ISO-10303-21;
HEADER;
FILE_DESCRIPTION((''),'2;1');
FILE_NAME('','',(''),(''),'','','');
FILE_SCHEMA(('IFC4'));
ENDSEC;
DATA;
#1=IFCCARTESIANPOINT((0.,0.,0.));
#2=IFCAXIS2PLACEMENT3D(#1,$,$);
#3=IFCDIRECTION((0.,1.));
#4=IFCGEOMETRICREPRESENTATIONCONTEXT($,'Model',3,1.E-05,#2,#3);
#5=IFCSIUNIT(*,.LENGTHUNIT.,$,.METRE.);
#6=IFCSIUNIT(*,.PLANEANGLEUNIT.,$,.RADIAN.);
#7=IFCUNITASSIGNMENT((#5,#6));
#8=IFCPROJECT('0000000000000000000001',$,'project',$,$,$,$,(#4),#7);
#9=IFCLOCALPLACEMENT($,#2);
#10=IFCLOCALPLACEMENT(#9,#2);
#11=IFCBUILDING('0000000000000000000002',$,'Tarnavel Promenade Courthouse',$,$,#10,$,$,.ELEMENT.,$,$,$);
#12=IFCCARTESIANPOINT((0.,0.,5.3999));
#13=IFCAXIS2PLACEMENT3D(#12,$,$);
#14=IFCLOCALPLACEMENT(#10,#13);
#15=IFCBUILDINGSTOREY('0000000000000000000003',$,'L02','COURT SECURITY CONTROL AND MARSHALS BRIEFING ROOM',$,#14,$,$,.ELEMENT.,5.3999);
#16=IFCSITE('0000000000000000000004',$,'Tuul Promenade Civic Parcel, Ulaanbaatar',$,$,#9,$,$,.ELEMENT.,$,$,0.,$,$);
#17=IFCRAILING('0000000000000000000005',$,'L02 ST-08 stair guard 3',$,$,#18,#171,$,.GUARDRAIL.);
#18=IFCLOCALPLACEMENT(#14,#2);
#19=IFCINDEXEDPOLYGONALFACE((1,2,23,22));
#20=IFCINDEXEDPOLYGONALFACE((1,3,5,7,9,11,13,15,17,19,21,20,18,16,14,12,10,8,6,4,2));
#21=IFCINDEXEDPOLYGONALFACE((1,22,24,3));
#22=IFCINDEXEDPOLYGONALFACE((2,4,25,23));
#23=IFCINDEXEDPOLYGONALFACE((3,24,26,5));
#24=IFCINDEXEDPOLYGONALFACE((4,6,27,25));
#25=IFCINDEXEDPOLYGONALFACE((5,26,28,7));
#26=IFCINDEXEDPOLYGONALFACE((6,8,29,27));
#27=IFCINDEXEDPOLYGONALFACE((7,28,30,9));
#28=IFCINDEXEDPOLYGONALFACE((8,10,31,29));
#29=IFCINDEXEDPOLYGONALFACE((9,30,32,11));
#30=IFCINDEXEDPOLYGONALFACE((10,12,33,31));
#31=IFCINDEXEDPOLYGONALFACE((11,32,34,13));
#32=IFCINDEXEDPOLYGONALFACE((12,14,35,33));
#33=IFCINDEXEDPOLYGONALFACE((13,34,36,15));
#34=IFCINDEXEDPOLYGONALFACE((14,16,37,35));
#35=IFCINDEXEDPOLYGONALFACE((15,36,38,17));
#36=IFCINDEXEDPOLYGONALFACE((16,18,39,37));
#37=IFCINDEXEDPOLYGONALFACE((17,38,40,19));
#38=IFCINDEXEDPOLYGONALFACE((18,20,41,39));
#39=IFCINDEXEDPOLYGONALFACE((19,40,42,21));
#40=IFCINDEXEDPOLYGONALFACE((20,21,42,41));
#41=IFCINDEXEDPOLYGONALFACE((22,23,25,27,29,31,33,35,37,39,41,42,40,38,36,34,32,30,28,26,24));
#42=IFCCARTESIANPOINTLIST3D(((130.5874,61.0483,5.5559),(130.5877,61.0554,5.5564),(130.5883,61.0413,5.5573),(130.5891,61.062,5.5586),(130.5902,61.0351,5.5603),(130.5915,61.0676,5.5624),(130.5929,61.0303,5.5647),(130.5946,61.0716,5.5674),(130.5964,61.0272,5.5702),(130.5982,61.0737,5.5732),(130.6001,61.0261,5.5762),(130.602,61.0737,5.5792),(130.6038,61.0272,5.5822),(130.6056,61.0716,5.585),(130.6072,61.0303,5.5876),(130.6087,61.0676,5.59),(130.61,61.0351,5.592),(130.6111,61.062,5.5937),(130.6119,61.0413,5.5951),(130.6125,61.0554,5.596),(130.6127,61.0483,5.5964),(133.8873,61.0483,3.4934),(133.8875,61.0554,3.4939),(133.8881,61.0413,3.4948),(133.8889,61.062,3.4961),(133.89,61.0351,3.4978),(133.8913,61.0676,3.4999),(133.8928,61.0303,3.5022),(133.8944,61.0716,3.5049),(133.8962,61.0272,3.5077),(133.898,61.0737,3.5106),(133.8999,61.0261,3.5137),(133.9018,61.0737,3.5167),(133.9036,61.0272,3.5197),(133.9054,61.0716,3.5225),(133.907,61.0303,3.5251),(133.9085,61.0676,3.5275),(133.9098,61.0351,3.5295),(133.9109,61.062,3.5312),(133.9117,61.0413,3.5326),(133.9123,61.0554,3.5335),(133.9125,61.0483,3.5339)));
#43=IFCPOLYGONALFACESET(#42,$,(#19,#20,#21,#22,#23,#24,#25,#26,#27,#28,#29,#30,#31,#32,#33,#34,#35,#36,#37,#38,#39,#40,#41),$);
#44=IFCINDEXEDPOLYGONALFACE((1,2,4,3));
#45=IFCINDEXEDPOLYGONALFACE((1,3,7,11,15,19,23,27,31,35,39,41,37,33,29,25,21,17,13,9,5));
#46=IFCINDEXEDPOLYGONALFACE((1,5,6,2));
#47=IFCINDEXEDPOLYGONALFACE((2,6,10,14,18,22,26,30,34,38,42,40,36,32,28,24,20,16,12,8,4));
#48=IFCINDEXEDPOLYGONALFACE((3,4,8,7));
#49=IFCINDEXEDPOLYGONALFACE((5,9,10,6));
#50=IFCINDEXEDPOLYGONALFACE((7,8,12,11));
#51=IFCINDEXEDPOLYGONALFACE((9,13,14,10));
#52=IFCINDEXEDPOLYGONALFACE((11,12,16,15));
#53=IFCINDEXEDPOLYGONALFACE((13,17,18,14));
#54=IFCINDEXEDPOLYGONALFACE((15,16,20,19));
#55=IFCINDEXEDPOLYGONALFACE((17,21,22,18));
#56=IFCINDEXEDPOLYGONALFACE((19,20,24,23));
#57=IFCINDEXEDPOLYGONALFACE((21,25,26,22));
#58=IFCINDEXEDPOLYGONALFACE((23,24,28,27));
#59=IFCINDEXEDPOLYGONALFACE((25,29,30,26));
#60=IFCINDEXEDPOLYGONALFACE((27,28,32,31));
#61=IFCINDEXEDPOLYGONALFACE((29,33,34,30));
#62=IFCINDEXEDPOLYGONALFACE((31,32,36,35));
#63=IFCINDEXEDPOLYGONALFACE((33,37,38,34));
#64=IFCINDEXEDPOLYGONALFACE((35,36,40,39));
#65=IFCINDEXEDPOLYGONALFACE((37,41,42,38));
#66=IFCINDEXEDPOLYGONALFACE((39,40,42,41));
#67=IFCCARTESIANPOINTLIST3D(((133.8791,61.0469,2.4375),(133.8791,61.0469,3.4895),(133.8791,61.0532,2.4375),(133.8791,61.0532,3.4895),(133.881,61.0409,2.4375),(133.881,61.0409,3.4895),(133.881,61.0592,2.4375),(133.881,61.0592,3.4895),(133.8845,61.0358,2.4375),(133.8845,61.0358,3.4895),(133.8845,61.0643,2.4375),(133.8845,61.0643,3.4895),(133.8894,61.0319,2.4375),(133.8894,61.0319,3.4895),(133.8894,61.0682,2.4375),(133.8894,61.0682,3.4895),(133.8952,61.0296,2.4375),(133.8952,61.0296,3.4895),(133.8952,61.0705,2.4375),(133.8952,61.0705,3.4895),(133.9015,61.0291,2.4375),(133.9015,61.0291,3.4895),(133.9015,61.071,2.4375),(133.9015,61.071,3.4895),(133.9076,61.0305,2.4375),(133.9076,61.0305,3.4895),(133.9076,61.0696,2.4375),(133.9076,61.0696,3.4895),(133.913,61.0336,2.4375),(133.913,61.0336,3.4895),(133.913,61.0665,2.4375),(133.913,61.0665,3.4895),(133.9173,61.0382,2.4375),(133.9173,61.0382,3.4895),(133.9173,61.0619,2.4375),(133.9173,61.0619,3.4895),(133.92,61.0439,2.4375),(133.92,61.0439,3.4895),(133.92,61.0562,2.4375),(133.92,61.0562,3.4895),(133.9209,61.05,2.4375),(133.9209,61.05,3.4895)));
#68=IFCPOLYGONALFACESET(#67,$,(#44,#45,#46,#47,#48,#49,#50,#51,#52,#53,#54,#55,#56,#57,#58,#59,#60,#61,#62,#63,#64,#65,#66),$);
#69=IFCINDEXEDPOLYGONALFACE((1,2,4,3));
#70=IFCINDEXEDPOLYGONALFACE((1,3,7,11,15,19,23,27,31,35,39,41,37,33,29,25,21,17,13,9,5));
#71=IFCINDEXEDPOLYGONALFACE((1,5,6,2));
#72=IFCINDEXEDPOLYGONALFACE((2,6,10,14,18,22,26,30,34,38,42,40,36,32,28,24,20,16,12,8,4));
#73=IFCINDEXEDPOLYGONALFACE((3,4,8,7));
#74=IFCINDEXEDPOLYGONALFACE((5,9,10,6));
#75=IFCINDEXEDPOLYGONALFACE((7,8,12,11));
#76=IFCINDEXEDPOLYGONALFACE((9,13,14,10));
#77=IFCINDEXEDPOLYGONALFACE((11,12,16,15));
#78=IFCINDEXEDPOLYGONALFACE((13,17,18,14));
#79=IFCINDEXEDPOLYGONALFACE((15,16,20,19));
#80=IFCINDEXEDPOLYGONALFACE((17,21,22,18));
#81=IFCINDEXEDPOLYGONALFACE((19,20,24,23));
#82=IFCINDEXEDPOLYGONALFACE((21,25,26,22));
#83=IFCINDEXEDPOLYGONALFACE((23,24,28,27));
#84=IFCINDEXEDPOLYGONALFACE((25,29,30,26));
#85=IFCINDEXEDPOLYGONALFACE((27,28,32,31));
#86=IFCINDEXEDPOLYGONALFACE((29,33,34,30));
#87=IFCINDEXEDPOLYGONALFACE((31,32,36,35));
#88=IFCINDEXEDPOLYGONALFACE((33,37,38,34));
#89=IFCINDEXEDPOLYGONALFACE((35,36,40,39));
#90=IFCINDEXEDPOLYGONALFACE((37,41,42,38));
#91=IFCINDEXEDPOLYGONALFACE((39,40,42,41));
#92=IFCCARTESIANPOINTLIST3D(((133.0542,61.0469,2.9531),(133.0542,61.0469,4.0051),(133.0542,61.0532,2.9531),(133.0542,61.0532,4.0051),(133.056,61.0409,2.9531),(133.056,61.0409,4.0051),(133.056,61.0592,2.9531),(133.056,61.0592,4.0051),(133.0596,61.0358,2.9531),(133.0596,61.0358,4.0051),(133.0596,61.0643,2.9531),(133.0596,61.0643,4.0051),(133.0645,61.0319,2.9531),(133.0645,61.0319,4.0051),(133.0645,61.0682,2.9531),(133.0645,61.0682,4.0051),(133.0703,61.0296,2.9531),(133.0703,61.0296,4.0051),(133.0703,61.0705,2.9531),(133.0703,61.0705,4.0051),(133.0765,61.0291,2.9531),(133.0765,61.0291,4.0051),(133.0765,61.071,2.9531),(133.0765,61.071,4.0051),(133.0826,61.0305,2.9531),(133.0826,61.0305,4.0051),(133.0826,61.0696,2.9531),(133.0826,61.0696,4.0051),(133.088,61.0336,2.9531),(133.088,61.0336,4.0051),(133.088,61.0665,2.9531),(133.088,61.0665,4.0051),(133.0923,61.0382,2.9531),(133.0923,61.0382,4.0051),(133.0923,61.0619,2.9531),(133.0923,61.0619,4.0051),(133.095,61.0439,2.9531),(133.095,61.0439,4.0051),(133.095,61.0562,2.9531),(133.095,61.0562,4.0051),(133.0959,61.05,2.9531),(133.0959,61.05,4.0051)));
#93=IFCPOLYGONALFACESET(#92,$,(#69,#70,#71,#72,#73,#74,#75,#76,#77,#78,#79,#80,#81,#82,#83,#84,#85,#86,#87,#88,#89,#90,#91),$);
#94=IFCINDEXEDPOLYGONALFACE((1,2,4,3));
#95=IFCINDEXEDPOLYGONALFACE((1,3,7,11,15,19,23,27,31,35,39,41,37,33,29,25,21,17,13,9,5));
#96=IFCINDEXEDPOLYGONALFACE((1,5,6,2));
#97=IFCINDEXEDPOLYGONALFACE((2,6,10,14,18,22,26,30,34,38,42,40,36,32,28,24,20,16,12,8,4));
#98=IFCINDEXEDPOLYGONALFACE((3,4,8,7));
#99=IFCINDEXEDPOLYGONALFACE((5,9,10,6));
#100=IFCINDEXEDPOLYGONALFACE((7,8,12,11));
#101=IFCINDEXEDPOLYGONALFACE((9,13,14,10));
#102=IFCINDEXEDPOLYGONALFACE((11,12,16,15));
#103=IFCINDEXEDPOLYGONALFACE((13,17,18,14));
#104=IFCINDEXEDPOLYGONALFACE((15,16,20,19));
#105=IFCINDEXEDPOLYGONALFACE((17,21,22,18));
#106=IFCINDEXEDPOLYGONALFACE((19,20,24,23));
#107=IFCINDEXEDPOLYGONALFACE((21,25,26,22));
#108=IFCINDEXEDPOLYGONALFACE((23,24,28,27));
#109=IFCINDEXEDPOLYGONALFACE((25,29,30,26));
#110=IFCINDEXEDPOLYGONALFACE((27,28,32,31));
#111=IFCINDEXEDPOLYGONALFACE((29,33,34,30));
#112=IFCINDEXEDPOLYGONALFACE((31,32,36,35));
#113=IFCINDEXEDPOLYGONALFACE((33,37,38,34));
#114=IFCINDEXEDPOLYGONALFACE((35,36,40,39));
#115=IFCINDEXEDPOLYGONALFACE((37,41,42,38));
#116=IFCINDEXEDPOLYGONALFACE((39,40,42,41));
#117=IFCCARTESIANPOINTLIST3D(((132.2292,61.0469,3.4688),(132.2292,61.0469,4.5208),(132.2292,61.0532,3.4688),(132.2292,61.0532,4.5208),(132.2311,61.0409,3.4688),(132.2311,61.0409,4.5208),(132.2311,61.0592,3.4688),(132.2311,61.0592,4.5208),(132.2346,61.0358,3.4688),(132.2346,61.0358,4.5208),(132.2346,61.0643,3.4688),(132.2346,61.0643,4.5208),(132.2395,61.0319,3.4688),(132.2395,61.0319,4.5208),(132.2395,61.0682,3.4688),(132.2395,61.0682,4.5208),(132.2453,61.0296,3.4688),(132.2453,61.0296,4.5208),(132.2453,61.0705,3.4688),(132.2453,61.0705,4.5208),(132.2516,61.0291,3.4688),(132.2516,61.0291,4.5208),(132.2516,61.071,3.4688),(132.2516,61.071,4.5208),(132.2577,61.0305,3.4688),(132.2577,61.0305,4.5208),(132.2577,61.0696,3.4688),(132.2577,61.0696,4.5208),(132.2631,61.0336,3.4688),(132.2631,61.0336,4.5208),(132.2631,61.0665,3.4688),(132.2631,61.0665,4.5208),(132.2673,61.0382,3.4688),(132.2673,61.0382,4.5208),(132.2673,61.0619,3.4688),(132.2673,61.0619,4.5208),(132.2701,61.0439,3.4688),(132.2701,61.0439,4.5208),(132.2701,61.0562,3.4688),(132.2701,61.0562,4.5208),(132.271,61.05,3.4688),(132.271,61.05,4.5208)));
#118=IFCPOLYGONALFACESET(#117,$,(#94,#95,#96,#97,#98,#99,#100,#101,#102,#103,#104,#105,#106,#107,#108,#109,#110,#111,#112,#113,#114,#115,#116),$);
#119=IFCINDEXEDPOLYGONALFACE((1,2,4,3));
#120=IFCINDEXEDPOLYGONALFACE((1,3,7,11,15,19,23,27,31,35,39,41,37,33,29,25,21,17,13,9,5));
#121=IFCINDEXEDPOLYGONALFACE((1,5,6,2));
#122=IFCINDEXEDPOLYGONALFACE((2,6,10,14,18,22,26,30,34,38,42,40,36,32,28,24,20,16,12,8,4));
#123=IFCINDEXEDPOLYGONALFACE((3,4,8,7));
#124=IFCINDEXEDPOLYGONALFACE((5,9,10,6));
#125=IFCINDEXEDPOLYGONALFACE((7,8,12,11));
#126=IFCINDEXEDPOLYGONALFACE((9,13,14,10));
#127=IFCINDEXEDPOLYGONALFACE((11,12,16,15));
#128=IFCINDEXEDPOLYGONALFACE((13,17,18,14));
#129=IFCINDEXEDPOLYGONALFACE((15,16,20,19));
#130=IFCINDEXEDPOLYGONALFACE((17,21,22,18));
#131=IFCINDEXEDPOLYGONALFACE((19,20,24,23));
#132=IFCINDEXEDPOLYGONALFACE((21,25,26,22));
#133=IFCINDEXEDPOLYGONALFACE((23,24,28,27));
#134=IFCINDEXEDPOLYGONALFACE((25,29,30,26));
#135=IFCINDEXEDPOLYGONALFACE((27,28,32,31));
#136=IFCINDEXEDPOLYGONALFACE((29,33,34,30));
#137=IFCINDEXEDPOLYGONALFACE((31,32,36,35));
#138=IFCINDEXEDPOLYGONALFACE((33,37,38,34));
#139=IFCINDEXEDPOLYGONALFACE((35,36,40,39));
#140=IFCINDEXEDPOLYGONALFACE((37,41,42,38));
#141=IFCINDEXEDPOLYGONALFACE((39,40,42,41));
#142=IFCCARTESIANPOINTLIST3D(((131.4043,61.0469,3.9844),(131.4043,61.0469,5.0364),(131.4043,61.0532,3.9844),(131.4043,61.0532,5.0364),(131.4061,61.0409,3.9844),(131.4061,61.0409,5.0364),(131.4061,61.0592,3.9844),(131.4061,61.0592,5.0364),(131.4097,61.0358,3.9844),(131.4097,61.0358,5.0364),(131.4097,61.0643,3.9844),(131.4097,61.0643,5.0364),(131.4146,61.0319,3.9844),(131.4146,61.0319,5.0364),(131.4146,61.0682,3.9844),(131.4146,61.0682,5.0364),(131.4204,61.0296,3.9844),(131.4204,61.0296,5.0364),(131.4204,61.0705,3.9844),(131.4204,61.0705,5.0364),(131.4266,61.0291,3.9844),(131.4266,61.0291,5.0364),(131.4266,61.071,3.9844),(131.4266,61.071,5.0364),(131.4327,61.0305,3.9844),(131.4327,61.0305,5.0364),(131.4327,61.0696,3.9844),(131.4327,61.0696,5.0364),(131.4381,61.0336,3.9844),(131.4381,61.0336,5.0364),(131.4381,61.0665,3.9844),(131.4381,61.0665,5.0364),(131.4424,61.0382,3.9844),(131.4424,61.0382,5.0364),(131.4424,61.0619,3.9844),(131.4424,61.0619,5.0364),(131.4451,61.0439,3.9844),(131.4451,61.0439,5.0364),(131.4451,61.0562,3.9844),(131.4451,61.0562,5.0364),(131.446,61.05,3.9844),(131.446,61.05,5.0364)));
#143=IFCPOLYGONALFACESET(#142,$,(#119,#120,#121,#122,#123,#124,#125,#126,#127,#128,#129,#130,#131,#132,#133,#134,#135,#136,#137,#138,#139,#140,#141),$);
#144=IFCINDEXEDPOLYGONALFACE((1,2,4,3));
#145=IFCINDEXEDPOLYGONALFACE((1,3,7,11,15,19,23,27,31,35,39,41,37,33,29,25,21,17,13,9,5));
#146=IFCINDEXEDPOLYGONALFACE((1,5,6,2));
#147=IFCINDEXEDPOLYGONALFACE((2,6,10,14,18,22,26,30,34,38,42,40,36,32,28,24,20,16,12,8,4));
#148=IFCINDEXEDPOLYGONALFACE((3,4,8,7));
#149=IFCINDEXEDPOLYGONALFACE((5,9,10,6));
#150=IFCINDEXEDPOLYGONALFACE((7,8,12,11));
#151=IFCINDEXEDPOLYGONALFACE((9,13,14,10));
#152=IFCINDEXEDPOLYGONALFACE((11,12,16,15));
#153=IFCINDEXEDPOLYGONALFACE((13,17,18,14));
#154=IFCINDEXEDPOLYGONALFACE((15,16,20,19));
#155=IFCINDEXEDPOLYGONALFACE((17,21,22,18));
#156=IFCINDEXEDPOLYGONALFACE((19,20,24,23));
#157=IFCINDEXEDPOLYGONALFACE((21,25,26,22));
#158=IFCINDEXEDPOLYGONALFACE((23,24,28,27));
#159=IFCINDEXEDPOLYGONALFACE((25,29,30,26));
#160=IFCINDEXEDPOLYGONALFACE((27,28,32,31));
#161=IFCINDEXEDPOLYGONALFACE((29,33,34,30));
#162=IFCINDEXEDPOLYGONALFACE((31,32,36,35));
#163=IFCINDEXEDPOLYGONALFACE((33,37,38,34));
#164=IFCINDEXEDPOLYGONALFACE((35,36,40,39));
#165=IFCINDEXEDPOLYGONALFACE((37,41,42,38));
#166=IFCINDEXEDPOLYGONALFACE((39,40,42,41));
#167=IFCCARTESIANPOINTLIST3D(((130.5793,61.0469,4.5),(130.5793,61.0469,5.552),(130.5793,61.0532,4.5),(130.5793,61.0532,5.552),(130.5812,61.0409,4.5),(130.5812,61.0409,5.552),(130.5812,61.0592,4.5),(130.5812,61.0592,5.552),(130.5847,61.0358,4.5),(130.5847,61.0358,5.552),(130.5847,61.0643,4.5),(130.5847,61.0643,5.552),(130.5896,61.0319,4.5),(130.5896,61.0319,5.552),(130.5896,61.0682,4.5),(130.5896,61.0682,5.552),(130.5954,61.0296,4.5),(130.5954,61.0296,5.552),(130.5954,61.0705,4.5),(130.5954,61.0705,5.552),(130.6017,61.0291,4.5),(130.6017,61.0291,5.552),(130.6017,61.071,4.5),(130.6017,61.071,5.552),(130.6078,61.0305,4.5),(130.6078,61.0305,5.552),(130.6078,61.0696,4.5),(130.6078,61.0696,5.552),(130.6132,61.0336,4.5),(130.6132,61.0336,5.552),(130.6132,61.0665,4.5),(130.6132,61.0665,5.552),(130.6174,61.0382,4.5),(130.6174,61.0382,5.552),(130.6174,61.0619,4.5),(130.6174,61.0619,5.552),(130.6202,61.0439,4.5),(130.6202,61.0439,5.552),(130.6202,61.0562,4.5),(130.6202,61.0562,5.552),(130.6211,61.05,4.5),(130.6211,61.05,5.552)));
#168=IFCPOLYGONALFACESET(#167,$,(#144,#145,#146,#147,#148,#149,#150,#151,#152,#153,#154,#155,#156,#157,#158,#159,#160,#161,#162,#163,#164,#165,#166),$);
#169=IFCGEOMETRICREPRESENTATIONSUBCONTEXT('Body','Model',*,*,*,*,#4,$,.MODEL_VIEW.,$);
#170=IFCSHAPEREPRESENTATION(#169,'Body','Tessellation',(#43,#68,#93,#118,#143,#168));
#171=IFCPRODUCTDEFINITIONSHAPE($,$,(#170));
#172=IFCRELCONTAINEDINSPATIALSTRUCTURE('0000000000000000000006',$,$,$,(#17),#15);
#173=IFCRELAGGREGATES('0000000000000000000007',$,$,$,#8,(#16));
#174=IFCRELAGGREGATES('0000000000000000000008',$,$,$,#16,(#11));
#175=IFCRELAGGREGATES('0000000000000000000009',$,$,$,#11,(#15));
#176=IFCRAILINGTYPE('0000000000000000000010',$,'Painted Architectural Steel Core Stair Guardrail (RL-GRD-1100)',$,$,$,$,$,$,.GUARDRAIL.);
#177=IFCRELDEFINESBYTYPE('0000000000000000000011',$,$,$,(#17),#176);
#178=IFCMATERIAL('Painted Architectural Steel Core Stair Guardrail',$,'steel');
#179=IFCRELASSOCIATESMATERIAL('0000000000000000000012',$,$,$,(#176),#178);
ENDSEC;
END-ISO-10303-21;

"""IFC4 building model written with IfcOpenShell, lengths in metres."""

from ifc_helpers import new_model, si_unit, direction, frame, origin, origin_2d, place, context, subcontext, project, spatial, circle, extrude, material, type_object, element, save


model = new_model("IFC4")

# Units and contexts
model_context = context("Model", 3, precision=1e-05, world=origin(), true_north=direction((0.0, 1.0)))
body_context = subcontext(model_context, "Body", "Model", "MODEL_VIEW")
ifc_project = project(units=[si_unit("LENGTHUNIT", "METRE"), si_unit("PLANEANGLEUNIT", "RADIAN")], contexts=[model_context])

# Site, building, storey
site_placement = place(None, origin())
site = spatial("IfcSite", under=ifc_project, at=site_placement, Name="Tuul Promenade Civic Parcel, Ulaanbaatar", CompositionType="ELEMENT", RefElevation=0.0)
building_placement = place(site_placement, origin())
building = spatial("IfcBuilding", under=site, at=building_placement, Name="Tarnavel Promenade Courthouse", CompositionType="ELEMENT")
storey_placement = place(building_placement, frame((0.0, 0.0, 5.3999)))
storey = spatial("IfcBuildingStorey", under=building, at=storey_placement, Name="L02", Description="COURT SECURITY CONTROL AND MARSHALS BRIEFING ROOM", CompositionType="ELEMENT", Elevation=5.3999)

# Railing
ifc_material_1 = material(Name="Painted Architectural Steel Core Stair Guardrail", Category="steel")
railing_type_1 = type_object("IfcRailingType", Name="Painted Architectural Steel Core Stair Guardrail (RL-GRD-1100)", PredefinedType="GUARDRAIL", material=ifc_material_1)
railing_1_placement = place(storey_placement, frame((133.8999, 61.05, 2.4375)))
element("IfcRailing", 1, at=railing_1_placement, inside=storey, type_object=railing_type_1, Name="L02 ST-08 stair guard 3", PredefinedType="GUARDRAIL", context=body_context, shape_type="SweptSolid", body=[
    extrude(circle(Radius=0.0239, at=origin_2d()), frame((0.0, 0.0, 1.0762), z_axis=(-0.847984, 0.0, 0.530021), x_axis=(0.0, -1.0, 0.0)), (0.0, 0.0, 1.0), 3.8914),
    extrude(circle(Radius=0.021, at=origin_2d()), origin(), (0.0, 0.0, 1.0), 1.052),
    extrude(circle(Radius=0.021, at=origin_2d()), frame((-0.825, 0.0, 0.5156)), (0.0, 0.0, 1.0), 1.052),
    extrude(circle(Radius=0.021, at=origin_2d()), frame((-1.6499, 0.0, 1.0312)), (0.0, 0.0, 1.0), 1.052),
    extrude(circle(Radius=0.021, at=origin_2d()), frame((-2.4749, 0.0, 1.5469)), (0.0, 0.0, 1.0), 1.052),
    extrude(circle(Radius=0.021, at=origin_2d()), frame((-3.2998, 0.0, 2.0625)), (0.0, 0.0, 1.0), 1.052),
])

save(model, "model.ifc")
